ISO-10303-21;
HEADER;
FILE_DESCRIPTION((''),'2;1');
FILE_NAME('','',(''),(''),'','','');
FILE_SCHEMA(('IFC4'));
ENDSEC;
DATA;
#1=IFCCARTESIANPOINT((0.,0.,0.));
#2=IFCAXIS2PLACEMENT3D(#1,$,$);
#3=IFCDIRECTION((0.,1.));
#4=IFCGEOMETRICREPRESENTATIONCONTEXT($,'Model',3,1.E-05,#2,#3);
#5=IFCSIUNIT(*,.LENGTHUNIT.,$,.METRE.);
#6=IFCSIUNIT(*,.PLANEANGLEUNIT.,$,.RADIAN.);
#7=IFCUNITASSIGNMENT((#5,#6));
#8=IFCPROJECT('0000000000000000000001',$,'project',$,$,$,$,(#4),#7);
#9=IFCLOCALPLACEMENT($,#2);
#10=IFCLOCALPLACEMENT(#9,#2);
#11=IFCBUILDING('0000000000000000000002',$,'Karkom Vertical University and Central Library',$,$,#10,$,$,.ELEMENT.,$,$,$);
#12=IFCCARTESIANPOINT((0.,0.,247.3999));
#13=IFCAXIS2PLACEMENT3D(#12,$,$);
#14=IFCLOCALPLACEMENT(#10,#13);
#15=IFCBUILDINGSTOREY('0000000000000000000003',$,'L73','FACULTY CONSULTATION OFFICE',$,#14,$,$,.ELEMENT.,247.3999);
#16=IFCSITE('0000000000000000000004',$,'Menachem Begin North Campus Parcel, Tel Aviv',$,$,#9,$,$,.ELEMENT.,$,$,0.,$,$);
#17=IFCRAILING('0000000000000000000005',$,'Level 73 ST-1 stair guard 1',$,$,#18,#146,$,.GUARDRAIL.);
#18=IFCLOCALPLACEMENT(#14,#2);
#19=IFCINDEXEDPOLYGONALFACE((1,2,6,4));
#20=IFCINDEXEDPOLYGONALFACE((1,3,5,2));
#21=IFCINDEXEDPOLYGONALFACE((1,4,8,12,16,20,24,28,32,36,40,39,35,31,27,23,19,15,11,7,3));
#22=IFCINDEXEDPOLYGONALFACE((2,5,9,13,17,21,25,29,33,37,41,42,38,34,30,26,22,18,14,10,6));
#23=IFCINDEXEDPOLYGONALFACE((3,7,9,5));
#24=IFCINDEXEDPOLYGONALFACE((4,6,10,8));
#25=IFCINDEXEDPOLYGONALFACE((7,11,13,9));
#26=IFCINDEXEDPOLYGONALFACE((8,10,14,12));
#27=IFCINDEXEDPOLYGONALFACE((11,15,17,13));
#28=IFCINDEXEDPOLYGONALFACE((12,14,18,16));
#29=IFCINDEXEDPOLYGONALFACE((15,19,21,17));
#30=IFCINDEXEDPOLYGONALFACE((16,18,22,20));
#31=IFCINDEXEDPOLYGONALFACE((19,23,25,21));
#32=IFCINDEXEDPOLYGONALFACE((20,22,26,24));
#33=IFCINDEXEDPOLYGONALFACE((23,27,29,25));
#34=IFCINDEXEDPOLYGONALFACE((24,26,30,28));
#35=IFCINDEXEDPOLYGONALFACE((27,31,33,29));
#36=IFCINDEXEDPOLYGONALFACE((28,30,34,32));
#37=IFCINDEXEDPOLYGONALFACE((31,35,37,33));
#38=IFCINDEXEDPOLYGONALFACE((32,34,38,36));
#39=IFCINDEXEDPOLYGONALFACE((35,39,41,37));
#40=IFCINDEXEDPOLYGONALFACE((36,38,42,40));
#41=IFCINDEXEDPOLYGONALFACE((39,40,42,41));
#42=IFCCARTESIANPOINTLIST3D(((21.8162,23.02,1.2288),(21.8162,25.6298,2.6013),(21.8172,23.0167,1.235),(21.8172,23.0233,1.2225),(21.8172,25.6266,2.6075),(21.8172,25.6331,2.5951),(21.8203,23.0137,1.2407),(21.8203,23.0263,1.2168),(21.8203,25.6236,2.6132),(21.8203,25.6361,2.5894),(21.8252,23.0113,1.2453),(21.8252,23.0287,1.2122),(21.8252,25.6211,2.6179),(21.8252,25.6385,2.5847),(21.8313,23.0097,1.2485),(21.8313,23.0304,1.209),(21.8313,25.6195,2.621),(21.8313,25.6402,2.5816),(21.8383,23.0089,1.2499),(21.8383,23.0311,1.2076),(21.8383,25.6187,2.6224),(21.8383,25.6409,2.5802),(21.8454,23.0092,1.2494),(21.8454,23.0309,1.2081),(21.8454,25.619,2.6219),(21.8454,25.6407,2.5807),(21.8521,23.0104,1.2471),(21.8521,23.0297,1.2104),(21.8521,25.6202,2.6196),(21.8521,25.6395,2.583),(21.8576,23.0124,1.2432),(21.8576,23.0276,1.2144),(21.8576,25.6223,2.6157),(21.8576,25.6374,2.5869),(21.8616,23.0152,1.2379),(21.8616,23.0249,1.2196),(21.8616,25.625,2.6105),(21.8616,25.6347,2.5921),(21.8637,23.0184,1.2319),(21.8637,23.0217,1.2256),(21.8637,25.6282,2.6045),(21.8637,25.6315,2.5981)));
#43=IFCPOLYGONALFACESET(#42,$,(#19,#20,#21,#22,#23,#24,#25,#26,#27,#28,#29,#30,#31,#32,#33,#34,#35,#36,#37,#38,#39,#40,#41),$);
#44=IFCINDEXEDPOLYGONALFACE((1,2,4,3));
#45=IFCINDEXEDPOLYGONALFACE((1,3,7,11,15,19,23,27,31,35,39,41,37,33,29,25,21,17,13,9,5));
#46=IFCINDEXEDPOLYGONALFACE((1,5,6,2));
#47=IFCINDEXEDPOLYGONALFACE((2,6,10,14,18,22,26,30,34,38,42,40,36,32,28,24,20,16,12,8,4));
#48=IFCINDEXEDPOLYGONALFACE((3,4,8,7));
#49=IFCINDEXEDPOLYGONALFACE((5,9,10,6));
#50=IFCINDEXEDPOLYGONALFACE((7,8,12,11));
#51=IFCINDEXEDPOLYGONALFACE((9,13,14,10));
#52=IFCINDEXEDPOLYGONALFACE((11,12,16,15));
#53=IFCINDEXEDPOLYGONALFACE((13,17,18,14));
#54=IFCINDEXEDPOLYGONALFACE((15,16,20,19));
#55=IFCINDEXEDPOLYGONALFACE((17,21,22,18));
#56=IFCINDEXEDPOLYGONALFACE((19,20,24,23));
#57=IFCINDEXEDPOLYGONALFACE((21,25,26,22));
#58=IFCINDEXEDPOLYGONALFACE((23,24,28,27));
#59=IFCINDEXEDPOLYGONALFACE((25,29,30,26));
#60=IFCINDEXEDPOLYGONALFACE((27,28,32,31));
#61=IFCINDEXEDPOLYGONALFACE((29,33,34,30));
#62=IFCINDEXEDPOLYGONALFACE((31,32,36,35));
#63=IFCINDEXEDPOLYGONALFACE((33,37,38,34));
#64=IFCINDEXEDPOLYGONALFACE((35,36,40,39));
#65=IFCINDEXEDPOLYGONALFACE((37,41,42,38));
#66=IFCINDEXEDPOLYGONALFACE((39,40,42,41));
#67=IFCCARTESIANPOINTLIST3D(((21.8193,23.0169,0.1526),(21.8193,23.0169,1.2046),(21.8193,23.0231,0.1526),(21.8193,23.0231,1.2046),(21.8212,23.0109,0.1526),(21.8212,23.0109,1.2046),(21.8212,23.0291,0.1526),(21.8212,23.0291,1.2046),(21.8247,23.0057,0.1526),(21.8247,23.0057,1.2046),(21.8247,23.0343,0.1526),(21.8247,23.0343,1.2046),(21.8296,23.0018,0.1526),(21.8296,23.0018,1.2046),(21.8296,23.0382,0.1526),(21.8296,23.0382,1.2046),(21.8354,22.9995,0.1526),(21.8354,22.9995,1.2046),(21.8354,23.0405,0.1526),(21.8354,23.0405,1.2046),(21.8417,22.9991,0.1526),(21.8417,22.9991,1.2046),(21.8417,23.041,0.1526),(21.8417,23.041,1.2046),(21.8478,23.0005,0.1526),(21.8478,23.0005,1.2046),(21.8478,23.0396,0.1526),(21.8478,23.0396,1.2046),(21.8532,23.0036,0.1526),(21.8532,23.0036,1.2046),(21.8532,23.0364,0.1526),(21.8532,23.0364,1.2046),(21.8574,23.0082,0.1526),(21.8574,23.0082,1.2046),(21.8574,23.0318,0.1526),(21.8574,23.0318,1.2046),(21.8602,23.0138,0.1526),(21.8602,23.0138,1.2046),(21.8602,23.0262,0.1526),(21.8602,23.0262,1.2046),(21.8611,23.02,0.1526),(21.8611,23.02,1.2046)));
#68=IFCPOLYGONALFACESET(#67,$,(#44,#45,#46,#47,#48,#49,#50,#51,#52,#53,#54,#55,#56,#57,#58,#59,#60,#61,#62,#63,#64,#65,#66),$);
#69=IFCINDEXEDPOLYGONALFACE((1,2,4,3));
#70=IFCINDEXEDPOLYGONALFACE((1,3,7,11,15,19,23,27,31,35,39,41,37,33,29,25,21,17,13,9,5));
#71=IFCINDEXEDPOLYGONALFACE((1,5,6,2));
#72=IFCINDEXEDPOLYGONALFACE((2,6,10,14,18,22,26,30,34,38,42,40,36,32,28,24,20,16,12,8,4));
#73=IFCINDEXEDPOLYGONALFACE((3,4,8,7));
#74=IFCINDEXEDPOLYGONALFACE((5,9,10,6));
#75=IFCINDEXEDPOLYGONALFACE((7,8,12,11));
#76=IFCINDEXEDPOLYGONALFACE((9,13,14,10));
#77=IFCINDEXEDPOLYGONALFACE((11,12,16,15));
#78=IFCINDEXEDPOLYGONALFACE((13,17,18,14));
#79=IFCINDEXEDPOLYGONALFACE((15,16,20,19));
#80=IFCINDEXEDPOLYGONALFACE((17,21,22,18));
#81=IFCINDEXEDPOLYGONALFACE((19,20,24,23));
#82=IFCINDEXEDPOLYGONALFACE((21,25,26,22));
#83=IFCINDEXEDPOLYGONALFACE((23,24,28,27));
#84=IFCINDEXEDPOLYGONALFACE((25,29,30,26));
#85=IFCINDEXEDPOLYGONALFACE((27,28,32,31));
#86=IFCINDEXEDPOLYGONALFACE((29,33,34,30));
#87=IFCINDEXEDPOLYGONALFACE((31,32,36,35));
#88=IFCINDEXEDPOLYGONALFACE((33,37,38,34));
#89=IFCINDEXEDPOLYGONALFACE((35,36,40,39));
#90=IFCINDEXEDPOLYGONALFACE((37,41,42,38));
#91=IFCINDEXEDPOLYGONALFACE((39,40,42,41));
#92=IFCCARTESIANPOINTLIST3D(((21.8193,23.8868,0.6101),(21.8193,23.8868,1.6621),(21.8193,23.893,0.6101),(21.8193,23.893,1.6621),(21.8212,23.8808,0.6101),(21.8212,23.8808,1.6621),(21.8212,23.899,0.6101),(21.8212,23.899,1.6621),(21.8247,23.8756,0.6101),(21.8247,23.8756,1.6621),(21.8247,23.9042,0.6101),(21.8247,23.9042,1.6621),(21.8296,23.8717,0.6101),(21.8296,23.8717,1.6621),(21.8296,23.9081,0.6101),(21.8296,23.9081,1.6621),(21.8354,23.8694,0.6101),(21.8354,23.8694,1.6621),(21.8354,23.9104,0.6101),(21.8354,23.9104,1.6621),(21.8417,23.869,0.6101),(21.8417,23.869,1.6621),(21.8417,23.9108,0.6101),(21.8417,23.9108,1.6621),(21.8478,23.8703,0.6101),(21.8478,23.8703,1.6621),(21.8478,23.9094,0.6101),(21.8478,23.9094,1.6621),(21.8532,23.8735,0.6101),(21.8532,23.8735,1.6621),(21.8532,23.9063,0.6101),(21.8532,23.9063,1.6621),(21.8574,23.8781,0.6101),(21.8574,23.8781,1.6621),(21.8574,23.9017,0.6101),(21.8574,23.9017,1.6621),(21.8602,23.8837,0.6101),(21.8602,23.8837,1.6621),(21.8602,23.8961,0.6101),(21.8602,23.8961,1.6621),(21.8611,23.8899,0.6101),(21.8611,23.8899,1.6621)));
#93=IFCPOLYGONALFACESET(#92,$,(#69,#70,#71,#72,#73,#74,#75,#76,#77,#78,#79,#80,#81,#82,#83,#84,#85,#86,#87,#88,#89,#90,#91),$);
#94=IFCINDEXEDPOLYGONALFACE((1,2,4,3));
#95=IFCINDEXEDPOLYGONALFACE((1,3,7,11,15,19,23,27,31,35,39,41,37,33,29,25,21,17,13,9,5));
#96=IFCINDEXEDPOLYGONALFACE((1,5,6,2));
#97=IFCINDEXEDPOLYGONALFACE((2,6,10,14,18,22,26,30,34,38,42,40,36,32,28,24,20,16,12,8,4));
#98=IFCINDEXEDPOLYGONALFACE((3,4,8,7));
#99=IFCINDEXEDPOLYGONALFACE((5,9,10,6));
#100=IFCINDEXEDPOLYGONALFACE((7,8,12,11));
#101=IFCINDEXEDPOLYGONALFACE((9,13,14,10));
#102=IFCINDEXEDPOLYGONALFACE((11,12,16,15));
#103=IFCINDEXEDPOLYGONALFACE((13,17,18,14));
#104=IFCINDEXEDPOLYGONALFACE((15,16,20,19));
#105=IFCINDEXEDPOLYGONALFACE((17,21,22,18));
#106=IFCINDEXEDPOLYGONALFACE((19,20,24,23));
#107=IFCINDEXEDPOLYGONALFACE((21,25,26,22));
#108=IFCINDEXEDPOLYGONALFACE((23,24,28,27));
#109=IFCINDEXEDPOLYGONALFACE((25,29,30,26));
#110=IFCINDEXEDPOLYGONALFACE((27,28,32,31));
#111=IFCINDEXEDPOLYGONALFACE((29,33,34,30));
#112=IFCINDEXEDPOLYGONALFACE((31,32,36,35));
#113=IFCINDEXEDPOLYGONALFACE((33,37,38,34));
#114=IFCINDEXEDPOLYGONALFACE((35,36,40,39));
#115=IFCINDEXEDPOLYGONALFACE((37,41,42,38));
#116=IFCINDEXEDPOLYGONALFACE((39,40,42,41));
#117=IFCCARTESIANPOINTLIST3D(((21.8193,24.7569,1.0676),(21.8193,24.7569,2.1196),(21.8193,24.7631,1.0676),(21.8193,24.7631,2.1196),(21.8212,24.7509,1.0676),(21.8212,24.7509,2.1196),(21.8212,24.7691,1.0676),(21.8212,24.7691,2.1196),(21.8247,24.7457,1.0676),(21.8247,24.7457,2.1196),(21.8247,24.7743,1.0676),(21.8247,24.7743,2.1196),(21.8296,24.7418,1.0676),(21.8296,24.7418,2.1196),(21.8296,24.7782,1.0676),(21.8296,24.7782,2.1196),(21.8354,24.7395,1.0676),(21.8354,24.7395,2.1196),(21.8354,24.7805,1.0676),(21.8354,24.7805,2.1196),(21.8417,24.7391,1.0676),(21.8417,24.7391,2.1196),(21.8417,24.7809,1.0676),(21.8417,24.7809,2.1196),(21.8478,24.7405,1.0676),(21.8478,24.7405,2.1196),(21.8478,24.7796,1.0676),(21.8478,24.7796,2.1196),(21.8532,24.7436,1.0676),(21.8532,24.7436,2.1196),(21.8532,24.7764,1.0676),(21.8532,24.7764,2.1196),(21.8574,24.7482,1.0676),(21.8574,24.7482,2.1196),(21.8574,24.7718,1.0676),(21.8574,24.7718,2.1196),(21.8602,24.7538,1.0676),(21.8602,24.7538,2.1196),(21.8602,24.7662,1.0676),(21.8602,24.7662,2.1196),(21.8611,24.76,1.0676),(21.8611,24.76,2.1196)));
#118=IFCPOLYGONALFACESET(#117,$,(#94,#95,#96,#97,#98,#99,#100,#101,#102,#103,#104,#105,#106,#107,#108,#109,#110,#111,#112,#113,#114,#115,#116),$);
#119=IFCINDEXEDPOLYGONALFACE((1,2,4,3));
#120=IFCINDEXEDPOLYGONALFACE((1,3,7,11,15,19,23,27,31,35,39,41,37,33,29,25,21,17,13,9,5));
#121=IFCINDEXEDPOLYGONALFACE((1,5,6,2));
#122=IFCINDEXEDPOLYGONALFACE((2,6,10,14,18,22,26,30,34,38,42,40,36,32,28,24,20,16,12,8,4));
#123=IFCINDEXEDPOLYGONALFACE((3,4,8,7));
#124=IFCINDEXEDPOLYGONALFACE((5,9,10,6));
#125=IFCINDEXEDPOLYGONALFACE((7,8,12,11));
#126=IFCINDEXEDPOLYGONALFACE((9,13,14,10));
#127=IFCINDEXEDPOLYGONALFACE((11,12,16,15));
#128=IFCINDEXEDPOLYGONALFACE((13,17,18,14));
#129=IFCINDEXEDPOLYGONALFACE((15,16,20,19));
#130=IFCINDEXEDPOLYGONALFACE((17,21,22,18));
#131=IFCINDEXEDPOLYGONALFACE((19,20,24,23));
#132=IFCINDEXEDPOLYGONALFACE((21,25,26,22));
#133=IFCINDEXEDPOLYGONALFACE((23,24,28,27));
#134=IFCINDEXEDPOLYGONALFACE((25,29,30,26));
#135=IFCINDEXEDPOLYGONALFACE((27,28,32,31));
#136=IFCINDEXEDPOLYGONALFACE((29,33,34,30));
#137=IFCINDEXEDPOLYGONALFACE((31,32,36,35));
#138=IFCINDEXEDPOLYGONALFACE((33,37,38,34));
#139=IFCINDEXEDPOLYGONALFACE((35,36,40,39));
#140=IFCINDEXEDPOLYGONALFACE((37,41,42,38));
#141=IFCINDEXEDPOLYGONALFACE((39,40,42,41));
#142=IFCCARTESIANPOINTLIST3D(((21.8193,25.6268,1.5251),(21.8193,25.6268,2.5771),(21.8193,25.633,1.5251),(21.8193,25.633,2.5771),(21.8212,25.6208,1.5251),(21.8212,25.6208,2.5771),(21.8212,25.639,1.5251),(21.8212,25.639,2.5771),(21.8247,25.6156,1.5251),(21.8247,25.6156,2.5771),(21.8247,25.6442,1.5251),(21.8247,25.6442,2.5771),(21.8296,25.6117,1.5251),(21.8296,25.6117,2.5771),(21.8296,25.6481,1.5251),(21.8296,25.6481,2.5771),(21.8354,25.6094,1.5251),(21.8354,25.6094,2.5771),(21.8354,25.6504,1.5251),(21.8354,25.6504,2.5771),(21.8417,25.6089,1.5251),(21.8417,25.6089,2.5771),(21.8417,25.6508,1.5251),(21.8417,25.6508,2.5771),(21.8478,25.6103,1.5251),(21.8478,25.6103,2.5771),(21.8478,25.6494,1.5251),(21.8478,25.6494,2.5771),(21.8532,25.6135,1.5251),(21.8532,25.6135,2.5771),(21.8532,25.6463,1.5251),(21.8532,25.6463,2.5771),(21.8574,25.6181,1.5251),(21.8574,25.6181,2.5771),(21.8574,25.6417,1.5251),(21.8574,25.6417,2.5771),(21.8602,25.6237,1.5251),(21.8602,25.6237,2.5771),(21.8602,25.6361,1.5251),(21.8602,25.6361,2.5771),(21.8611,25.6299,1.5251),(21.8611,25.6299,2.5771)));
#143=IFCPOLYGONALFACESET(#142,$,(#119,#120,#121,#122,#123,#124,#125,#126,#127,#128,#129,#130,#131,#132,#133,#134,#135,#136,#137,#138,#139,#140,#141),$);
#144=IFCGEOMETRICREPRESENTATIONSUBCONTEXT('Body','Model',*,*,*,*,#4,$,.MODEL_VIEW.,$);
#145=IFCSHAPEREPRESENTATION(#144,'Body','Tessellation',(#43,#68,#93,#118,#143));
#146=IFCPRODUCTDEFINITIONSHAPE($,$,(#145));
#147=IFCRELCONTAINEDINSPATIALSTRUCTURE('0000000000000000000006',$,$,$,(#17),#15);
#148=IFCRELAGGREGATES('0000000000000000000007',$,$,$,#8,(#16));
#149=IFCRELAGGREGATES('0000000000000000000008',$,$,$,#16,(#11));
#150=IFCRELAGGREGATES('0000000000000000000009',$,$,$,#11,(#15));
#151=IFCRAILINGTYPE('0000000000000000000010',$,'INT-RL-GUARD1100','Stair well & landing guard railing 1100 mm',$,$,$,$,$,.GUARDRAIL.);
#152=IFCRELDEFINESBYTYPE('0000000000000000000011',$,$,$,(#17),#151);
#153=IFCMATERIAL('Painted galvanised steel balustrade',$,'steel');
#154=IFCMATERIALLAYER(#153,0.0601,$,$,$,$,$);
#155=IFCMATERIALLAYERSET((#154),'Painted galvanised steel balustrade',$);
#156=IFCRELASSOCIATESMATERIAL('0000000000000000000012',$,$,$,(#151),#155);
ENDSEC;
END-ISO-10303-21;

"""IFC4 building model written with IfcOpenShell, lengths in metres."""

from ifc_helpers import new_model, si_unit, direction, frame, origin, origin_2d, place, context, subcontext, project, spatial, circle, extrude, material, layer, layer_set, type_object, element, save


model = new_model("IFC4")

# Units and contexts
model_context = context("Model", 3, precision=1e-05, world=origin(), true_north=direction((0.0, 1.0)))
body_context = subcontext(model_context, "Body", "Model", "MODEL_VIEW")
ifc_project = project(units=[si_unit("LENGTHUNIT", "METRE"), si_unit("PLANEANGLEUNIT", "RADIAN")], contexts=[model_context])

# Site, building, storey
site_placement = place(None, origin())
site = spatial("IfcSite", under=ifc_project, at=site_placement, Name="Menachem Begin North Campus Parcel, Tel Aviv", CompositionType="ELEMENT", RefElevation=0.0)
building_placement = place(site_placement, origin())
building = spatial("IfcBuilding", under=site, at=building_placement, Name="Karkom Vertical University and Central Library", CompositionType="ELEMENT")
storey_placement = place(building_placement, frame((0.0, 0.0, 247.3999)))
storey = spatial("IfcBuildingStorey", under=building, at=storey_placement, Name="L73", Description="FACULTY CONSULTATION OFFICE", CompositionType="ELEMENT", Elevation=247.3999)

# Railing
ifc_material_1 = material(Name="Painted galvanised steel balustrade", Category="steel")
ifc_layer_1 = layer(ifc_material_1, 0.0601)
ifc_layer_set_1 = layer_set([ifc_layer_1], Name="Painted galvanised steel balustrade")
railing_type_1 = type_object("IfcRailingType", Name="INT-RL-GUARD1100", Description="Stair well & landing guard railing 1100 mm", PredefinedType="GUARDRAIL", material=ifc_layer_set_1)
railing_1_placement = place(storey_placement, frame((21.8401, 23.02, 0.1526)))
element("IfcRailing", 1, at=railing_1_placement, inside=storey, type_object=railing_type_1, Name="Level 73 ST-1 stair guard 1", PredefinedType="GUARDRAIL", context=body_context, shape_type="SweptSolid", body=[
    extrude(circle(Radius=0.0239, at=origin_2d()), frame((0.0, 0.0, 1.0762), z_axis=(0.0, 0.885065, 0.465467), x_axis=(-1.0, 0.0, 0.0)), (0.0, 0.0, 1.0), 2.9487),
    extrude(circle(Radius=0.021, at=origin_2d()), origin(), (0.0, 0.0, 1.0), 1.052),
    extrude(circle(Radius=0.021, at=origin_2d()), frame((0.0, 0.8699, 0.4575)), (0.0, 0.0, 1.0), 1.052),
    extrude(circle(Radius=0.021, at=origin_2d()), frame((0.0, 1.74, 0.915)), (0.0, 0.0, 1.0), 1.052),
    extrude(circle(Radius=0.021, at=origin_2d()), frame((0.0, 2.6099, 1.3726)), (0.0, 0.0, 1.0), 1.052),
])

save(model, "model.ifc")
